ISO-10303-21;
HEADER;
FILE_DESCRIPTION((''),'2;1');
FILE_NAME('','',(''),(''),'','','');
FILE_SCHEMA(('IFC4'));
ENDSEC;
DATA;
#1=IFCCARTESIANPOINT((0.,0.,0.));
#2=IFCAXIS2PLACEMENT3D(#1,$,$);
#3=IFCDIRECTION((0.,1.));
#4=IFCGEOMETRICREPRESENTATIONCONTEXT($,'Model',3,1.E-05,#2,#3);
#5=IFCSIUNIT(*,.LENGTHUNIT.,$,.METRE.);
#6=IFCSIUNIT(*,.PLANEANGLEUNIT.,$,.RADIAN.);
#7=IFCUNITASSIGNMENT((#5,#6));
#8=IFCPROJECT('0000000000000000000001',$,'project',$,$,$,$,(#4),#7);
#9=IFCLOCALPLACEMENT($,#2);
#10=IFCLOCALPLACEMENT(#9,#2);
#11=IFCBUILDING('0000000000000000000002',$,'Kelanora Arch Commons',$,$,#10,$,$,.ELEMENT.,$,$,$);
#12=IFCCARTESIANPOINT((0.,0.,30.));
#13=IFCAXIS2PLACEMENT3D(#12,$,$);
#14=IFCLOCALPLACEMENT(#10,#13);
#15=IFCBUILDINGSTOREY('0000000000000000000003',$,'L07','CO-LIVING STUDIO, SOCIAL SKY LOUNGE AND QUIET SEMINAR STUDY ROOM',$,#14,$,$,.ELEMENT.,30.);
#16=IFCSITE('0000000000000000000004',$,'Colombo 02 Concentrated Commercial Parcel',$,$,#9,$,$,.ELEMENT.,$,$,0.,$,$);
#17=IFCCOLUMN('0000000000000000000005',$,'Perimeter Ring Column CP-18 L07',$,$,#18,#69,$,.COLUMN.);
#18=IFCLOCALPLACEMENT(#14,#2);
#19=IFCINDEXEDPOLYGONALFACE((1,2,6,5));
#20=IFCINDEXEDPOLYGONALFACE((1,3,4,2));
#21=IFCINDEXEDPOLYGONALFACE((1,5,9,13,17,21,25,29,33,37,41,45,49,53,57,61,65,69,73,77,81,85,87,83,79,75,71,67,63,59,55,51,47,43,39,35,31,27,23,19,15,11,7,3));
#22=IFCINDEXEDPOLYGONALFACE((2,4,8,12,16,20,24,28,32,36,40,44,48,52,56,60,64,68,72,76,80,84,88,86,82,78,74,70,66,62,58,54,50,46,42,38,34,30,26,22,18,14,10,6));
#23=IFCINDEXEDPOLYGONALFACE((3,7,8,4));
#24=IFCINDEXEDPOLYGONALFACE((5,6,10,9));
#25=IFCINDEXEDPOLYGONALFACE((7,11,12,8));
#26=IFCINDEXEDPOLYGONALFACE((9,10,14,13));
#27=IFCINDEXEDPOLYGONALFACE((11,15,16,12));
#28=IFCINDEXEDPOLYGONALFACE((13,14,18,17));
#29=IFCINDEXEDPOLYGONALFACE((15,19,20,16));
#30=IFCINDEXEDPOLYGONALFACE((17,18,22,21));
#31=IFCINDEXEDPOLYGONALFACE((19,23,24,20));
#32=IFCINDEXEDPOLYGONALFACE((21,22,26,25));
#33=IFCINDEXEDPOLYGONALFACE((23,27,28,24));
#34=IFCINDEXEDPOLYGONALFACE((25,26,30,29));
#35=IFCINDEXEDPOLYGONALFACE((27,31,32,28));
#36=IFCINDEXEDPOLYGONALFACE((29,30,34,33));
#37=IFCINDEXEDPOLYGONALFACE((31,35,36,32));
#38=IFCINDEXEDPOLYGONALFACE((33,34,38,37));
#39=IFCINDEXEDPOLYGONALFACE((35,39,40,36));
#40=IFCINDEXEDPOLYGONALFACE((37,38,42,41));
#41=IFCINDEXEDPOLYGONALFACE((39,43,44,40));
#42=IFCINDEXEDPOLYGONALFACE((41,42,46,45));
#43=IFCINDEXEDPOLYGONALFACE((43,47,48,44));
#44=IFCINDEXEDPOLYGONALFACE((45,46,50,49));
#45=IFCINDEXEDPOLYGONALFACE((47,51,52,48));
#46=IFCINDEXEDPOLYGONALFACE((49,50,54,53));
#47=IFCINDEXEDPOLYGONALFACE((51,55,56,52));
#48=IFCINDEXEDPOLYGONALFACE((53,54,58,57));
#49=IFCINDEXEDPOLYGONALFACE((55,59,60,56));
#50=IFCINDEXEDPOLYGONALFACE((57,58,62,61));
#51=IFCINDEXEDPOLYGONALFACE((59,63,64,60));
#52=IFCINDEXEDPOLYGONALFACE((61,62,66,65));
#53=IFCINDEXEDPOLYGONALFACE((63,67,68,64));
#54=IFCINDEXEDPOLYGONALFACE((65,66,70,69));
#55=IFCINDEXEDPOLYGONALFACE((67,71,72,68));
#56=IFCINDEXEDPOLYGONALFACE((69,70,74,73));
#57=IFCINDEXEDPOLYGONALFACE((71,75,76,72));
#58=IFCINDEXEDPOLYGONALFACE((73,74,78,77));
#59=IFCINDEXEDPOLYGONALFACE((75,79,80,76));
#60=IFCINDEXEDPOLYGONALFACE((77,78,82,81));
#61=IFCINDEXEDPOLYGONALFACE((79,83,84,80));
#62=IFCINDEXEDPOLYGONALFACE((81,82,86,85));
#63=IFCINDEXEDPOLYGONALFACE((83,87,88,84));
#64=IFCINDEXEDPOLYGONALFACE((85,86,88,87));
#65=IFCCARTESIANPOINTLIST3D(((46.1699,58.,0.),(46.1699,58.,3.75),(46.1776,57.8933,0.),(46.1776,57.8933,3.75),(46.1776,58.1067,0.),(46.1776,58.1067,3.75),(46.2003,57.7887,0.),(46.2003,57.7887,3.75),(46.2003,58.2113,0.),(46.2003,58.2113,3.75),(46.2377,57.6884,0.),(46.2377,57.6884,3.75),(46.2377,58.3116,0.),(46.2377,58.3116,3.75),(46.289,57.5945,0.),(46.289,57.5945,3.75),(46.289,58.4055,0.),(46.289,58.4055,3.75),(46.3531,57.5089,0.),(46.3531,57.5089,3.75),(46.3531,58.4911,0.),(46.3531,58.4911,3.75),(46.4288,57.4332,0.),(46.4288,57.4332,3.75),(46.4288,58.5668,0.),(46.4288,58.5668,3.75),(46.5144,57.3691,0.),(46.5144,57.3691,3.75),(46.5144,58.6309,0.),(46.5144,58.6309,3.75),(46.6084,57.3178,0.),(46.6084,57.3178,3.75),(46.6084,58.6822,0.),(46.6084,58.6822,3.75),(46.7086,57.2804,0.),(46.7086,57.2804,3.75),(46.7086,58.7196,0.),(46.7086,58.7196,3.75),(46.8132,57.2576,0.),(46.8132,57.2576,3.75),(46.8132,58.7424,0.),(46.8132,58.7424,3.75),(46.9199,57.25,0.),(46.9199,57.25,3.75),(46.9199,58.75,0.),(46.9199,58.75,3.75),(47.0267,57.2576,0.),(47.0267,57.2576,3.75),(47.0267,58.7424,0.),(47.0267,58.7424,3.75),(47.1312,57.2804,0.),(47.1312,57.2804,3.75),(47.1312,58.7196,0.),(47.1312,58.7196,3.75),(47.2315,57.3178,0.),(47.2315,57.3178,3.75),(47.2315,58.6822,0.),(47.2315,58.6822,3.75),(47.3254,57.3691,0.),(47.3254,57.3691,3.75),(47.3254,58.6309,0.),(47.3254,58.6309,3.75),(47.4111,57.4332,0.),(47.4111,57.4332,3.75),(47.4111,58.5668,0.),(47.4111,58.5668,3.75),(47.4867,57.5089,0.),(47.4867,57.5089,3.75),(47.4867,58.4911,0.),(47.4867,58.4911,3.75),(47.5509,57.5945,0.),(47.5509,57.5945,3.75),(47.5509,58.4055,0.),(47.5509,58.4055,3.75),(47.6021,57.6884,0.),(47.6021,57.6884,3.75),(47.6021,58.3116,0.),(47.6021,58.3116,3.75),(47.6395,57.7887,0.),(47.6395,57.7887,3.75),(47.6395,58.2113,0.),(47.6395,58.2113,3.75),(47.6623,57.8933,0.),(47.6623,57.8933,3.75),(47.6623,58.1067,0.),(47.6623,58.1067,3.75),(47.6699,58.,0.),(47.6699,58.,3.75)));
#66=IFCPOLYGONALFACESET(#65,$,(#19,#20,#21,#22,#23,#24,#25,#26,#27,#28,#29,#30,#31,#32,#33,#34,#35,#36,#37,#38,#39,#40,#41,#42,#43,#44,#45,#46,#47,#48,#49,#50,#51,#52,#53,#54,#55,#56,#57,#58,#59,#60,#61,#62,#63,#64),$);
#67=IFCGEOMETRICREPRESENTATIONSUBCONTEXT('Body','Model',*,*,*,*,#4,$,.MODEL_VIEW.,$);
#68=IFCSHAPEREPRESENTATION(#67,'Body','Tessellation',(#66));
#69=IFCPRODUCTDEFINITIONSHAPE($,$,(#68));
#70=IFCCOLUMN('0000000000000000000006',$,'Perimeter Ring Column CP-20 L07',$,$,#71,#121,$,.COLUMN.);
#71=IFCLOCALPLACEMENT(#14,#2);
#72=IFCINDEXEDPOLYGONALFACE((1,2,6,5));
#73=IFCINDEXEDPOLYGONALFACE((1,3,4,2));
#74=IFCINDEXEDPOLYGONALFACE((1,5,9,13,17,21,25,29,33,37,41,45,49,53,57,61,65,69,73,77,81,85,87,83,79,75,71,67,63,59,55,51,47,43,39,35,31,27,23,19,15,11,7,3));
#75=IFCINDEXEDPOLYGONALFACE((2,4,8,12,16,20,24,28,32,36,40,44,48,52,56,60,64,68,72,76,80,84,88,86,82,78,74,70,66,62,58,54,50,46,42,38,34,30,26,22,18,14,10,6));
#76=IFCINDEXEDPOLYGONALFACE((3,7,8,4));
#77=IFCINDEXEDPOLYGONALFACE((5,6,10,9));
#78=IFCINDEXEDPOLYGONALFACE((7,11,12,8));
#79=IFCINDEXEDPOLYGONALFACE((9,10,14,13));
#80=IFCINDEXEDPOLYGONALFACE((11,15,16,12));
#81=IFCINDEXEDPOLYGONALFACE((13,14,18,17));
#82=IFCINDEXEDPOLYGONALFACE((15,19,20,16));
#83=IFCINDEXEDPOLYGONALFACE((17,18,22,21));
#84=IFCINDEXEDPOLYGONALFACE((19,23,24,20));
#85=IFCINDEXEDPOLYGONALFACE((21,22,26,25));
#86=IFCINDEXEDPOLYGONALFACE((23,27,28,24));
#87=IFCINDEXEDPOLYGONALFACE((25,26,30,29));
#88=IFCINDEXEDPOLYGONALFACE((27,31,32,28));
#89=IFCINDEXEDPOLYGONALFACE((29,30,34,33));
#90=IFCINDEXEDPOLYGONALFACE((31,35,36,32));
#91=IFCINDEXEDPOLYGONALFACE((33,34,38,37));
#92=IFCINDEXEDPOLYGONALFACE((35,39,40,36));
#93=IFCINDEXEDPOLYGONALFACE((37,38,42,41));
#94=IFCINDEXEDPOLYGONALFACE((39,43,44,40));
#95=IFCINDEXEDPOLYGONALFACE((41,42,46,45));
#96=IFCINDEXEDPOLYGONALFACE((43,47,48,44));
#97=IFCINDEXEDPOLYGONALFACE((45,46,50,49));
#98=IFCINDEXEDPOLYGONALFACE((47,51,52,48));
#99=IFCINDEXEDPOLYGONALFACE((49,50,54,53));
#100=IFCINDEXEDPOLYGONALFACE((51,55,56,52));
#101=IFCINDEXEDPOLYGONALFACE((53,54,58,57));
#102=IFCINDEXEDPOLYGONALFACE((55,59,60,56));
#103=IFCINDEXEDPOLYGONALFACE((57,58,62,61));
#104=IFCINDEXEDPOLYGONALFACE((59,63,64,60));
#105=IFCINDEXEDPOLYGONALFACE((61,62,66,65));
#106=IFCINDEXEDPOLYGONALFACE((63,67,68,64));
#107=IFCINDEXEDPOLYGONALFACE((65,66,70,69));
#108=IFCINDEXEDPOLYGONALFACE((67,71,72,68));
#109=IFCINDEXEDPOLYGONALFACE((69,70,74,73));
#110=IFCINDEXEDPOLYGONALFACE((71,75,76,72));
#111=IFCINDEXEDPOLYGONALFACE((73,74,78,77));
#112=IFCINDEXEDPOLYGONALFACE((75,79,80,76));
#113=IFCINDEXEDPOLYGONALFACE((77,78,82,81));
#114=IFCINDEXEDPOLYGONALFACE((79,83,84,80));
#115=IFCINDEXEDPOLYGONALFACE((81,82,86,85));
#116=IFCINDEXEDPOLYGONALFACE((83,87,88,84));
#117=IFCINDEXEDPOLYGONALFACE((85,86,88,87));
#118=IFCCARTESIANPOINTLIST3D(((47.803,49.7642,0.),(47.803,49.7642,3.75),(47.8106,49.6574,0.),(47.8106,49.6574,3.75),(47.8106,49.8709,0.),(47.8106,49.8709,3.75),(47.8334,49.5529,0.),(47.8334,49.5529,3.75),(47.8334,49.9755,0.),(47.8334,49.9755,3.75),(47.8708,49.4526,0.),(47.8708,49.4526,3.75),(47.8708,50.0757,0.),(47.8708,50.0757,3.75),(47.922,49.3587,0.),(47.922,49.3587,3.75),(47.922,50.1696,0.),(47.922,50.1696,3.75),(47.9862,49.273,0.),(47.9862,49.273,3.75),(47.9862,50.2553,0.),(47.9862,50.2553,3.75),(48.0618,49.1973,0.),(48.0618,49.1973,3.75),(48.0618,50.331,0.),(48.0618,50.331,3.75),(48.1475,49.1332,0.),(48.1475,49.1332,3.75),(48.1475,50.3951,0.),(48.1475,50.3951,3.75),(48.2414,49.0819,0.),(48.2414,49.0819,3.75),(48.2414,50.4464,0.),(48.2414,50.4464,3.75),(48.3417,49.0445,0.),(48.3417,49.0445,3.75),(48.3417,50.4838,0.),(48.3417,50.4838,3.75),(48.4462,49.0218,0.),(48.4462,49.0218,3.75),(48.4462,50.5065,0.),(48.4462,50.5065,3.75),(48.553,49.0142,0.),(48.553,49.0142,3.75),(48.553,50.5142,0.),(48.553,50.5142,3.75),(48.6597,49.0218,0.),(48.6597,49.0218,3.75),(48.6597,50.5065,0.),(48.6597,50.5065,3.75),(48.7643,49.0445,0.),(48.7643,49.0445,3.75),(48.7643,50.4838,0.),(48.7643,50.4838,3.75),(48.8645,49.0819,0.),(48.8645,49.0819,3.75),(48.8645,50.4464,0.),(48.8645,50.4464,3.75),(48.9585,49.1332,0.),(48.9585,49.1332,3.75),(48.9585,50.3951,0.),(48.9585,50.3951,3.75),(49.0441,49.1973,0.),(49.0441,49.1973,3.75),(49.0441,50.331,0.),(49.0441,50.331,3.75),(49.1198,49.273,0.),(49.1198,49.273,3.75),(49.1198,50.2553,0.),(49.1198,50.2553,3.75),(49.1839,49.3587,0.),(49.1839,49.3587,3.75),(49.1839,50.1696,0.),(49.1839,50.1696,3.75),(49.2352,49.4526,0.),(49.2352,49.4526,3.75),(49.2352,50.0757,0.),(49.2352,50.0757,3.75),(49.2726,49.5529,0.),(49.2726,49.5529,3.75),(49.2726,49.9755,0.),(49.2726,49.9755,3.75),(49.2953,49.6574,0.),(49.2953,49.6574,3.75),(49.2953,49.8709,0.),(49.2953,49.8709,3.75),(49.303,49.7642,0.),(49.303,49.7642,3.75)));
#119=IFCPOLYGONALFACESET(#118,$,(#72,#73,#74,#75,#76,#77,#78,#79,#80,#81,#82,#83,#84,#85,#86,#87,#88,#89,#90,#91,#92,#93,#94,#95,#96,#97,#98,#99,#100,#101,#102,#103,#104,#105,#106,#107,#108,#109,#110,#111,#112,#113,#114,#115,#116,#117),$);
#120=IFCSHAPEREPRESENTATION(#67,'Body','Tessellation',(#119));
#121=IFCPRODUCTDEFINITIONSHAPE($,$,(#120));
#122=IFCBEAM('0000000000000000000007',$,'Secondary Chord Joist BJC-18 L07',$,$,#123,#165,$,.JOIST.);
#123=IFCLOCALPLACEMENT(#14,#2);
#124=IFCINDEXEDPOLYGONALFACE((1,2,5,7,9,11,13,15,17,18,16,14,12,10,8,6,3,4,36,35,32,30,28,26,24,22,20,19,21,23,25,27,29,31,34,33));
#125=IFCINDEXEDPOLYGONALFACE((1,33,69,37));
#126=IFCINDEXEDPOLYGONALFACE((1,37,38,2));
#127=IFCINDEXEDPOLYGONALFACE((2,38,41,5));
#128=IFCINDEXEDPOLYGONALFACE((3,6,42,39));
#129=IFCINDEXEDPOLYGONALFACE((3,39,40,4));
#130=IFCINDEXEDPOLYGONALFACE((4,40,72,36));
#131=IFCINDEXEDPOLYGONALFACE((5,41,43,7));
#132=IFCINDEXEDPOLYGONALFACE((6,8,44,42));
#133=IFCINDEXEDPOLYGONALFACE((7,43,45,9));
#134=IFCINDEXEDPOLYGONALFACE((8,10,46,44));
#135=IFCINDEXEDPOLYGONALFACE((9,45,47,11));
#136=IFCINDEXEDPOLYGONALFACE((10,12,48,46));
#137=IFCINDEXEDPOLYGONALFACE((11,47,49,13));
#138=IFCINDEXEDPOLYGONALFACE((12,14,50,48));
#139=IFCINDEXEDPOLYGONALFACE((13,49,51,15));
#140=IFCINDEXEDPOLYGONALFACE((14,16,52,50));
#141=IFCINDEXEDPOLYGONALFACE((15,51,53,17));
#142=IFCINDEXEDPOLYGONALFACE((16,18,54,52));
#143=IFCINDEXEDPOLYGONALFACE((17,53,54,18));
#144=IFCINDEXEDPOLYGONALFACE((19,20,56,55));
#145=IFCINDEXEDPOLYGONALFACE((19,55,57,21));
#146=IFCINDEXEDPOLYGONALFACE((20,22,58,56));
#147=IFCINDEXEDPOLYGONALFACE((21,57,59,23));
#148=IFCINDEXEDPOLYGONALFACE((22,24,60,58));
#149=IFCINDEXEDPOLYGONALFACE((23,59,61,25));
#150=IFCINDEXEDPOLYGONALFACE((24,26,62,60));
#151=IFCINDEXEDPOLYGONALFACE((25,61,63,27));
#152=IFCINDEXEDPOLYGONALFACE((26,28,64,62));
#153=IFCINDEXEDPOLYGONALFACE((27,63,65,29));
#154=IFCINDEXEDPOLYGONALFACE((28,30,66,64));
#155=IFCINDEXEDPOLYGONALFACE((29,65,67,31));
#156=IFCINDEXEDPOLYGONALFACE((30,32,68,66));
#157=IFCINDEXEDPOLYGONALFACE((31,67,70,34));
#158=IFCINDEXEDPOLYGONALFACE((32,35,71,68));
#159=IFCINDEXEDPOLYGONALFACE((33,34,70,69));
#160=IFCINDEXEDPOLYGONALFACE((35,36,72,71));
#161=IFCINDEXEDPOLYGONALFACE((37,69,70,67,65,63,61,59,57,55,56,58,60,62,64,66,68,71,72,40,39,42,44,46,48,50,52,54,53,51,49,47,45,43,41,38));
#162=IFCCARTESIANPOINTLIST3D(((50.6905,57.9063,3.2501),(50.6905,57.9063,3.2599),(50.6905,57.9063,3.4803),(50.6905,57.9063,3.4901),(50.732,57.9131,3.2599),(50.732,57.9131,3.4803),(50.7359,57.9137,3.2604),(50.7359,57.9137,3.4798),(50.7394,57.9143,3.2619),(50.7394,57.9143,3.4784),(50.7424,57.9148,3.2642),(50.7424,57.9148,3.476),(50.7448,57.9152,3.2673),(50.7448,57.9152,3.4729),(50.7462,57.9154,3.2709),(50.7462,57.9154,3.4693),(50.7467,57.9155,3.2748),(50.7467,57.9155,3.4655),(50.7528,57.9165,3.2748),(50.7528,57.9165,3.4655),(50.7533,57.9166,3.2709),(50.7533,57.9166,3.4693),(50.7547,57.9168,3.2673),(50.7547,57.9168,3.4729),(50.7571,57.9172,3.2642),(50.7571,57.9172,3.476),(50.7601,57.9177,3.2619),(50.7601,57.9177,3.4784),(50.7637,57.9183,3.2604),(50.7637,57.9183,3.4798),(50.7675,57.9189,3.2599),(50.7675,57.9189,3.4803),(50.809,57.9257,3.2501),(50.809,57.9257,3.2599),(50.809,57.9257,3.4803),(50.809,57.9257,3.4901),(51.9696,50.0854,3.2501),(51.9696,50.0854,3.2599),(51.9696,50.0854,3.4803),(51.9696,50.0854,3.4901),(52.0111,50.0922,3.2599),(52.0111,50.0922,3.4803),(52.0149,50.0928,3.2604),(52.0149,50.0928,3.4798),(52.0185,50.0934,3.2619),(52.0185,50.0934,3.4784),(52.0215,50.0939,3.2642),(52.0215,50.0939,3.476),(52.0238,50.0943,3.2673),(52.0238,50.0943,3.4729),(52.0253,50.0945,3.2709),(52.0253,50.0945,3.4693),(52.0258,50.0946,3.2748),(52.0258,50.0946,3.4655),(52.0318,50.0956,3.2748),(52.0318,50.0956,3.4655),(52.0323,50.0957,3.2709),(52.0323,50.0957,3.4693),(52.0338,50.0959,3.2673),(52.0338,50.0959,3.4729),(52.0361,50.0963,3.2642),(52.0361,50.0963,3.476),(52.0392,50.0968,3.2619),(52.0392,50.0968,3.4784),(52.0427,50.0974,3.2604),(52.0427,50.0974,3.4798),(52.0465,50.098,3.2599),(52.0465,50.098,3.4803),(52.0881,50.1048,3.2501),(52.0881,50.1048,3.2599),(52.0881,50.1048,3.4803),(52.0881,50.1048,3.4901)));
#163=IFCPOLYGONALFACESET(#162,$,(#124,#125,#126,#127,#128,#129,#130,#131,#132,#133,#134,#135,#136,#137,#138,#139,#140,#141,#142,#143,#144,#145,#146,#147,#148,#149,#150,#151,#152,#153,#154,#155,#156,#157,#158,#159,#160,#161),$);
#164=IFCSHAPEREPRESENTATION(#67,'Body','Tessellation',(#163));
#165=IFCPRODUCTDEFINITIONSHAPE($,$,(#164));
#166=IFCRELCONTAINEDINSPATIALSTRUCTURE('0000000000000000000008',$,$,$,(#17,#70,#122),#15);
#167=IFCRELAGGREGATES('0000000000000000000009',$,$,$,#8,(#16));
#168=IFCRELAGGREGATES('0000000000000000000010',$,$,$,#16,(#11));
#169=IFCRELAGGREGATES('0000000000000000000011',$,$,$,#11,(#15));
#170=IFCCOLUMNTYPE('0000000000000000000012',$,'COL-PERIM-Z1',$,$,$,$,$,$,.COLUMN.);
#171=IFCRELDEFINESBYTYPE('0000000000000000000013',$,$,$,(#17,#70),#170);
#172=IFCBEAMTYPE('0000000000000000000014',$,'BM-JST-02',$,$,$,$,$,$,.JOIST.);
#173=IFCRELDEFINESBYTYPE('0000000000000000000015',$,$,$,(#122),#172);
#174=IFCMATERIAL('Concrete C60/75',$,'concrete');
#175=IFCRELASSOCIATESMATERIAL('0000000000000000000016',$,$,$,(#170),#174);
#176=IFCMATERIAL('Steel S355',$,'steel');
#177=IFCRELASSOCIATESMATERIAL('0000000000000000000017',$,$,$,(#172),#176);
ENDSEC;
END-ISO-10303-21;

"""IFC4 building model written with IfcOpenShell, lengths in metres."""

from ifc_helpers import new_model, si_unit, direction, frame, origin, origin_2d, place, context, subcontext, project, spatial, circle, i_section, extrude, material, material_profile, profile_set, type_object, element, save


model = new_model("IFC4")

# Units and contexts
model_context = context("Model", 3, precision=1e-05, world=origin(), true_north=direction((0.0, 1.0)))
body_context = subcontext(model_context, "Body", "Model", "MODEL_VIEW")
ifc_project = project(units=[si_unit("LENGTHUNIT", "METRE"), si_unit("PLANEANGLEUNIT", "RADIAN")], contexts=[model_context])

# Site, building, storey
site_placement = place(None, origin())
site = spatial("IfcSite", under=ifc_project, at=site_placement, Name="Colombo 02 Concentrated Commercial Parcel", CompositionType="ELEMENT", RefElevation=0.0)
building_placement = place(site_placement, origin())
building = spatial("IfcBuilding", under=site, at=building_placement, Name="Kelanora Arch Commons", CompositionType="ELEMENT")
storey_placement = place(building_placement, frame((0.0, 0.0, 30.0)))
storey = spatial("IfcBuildingStorey", under=building, at=storey_placement, Name="L07", Description="CO-LIVING STUDIO, SOCIAL SKY LOUNGE AND QUIET SEMINAR STUDY ROOM", CompositionType="ELEMENT", Elevation=30.0)

# Columns
ifc_material_1 = material(Name="Concrete C60/75", Category="concrete")
ifc_material_profile_1 = material_profile(ifc_material_1, circle(Radius=0.75, at=origin_2d()), Name="RCC1500")
ifc_profile_set_1 = profile_set([ifc_material_profile_1], Name="Concrete C60/75")
column_type = type_object("IfcColumnType", Name="COL-PERIM-Z1", PredefinedType="COLUMN", material=ifc_profile_set_1)
for number, where, z_axis, x_axis, name in (
    (1, (46.9199, 58.0, 0.0), (0.0, 0.0, 1.0), (1.0, 0.0, 0.0), "Perimeter Ring Column CP-18 L07"),
    (2, (48.553, 49.7642, 0.0), (0.0, 0.0, 1.0), (1.0, 0.0, 0.0), "Perimeter Ring Column CP-20 L07"),
):
    element("IfcColumn", number, at=place(storey_placement, frame(where, z_axis=z_axis, x_axis=x_axis)), inside=storey, type_object=column_type, Name=name, PredefinedType="COLUMN", context=body_context, shape_type="SweptSolid", body=[
        extrude(circle(Radius=0.75, at=origin_2d()), origin(), (0.0, 0.0, 1.0), 3.75),
    ])

# Beam
ifc_material_2 = material(Name="Steel S355", Category="steel")
ifc_material_profile_2 = material_profile(ifc_material_2, i_section(OverallWidth=0.1201, OverallDepth=0.24, WebThickness=0.0061, FlangeThickness=0.0098, FilletRadius=0.0149, at=origin_2d()), Name="IPE240")
ifc_profile_set_2 = profile_set([ifc_material_profile_2], Name="Steel S355")
beam_type_1 = type_object("IfcBeamType", Name="BM-JST-02", PredefinedType="JOIST", material=ifc_profile_set_2)
beam_1_placement = place(storey_placement, frame((50.7498, 57.916, 3.3701), z_axis=(0.161401, -0.986889, 0.0), x_axis=(0.986889, 0.161401, 0.0)))
element("IfcBeam", 3, at=beam_1_placement, inside=storey, type_object=beam_type_1, Name="Secondary Chord Joist BJC-18 L07", PredefinedType="JOIST", context=body_context, shape_type="SweptSolid", body=[
    extrude(i_section(OverallWidth=0.1201, OverallDepth=0.24, WebThickness=0.0061, FlangeThickness=0.0098, FilletRadius=0.0149, at=origin_2d()), origin(), (0.0, 0.0, 1.0), 7.9248),
])

save(model, "model.ifc")
